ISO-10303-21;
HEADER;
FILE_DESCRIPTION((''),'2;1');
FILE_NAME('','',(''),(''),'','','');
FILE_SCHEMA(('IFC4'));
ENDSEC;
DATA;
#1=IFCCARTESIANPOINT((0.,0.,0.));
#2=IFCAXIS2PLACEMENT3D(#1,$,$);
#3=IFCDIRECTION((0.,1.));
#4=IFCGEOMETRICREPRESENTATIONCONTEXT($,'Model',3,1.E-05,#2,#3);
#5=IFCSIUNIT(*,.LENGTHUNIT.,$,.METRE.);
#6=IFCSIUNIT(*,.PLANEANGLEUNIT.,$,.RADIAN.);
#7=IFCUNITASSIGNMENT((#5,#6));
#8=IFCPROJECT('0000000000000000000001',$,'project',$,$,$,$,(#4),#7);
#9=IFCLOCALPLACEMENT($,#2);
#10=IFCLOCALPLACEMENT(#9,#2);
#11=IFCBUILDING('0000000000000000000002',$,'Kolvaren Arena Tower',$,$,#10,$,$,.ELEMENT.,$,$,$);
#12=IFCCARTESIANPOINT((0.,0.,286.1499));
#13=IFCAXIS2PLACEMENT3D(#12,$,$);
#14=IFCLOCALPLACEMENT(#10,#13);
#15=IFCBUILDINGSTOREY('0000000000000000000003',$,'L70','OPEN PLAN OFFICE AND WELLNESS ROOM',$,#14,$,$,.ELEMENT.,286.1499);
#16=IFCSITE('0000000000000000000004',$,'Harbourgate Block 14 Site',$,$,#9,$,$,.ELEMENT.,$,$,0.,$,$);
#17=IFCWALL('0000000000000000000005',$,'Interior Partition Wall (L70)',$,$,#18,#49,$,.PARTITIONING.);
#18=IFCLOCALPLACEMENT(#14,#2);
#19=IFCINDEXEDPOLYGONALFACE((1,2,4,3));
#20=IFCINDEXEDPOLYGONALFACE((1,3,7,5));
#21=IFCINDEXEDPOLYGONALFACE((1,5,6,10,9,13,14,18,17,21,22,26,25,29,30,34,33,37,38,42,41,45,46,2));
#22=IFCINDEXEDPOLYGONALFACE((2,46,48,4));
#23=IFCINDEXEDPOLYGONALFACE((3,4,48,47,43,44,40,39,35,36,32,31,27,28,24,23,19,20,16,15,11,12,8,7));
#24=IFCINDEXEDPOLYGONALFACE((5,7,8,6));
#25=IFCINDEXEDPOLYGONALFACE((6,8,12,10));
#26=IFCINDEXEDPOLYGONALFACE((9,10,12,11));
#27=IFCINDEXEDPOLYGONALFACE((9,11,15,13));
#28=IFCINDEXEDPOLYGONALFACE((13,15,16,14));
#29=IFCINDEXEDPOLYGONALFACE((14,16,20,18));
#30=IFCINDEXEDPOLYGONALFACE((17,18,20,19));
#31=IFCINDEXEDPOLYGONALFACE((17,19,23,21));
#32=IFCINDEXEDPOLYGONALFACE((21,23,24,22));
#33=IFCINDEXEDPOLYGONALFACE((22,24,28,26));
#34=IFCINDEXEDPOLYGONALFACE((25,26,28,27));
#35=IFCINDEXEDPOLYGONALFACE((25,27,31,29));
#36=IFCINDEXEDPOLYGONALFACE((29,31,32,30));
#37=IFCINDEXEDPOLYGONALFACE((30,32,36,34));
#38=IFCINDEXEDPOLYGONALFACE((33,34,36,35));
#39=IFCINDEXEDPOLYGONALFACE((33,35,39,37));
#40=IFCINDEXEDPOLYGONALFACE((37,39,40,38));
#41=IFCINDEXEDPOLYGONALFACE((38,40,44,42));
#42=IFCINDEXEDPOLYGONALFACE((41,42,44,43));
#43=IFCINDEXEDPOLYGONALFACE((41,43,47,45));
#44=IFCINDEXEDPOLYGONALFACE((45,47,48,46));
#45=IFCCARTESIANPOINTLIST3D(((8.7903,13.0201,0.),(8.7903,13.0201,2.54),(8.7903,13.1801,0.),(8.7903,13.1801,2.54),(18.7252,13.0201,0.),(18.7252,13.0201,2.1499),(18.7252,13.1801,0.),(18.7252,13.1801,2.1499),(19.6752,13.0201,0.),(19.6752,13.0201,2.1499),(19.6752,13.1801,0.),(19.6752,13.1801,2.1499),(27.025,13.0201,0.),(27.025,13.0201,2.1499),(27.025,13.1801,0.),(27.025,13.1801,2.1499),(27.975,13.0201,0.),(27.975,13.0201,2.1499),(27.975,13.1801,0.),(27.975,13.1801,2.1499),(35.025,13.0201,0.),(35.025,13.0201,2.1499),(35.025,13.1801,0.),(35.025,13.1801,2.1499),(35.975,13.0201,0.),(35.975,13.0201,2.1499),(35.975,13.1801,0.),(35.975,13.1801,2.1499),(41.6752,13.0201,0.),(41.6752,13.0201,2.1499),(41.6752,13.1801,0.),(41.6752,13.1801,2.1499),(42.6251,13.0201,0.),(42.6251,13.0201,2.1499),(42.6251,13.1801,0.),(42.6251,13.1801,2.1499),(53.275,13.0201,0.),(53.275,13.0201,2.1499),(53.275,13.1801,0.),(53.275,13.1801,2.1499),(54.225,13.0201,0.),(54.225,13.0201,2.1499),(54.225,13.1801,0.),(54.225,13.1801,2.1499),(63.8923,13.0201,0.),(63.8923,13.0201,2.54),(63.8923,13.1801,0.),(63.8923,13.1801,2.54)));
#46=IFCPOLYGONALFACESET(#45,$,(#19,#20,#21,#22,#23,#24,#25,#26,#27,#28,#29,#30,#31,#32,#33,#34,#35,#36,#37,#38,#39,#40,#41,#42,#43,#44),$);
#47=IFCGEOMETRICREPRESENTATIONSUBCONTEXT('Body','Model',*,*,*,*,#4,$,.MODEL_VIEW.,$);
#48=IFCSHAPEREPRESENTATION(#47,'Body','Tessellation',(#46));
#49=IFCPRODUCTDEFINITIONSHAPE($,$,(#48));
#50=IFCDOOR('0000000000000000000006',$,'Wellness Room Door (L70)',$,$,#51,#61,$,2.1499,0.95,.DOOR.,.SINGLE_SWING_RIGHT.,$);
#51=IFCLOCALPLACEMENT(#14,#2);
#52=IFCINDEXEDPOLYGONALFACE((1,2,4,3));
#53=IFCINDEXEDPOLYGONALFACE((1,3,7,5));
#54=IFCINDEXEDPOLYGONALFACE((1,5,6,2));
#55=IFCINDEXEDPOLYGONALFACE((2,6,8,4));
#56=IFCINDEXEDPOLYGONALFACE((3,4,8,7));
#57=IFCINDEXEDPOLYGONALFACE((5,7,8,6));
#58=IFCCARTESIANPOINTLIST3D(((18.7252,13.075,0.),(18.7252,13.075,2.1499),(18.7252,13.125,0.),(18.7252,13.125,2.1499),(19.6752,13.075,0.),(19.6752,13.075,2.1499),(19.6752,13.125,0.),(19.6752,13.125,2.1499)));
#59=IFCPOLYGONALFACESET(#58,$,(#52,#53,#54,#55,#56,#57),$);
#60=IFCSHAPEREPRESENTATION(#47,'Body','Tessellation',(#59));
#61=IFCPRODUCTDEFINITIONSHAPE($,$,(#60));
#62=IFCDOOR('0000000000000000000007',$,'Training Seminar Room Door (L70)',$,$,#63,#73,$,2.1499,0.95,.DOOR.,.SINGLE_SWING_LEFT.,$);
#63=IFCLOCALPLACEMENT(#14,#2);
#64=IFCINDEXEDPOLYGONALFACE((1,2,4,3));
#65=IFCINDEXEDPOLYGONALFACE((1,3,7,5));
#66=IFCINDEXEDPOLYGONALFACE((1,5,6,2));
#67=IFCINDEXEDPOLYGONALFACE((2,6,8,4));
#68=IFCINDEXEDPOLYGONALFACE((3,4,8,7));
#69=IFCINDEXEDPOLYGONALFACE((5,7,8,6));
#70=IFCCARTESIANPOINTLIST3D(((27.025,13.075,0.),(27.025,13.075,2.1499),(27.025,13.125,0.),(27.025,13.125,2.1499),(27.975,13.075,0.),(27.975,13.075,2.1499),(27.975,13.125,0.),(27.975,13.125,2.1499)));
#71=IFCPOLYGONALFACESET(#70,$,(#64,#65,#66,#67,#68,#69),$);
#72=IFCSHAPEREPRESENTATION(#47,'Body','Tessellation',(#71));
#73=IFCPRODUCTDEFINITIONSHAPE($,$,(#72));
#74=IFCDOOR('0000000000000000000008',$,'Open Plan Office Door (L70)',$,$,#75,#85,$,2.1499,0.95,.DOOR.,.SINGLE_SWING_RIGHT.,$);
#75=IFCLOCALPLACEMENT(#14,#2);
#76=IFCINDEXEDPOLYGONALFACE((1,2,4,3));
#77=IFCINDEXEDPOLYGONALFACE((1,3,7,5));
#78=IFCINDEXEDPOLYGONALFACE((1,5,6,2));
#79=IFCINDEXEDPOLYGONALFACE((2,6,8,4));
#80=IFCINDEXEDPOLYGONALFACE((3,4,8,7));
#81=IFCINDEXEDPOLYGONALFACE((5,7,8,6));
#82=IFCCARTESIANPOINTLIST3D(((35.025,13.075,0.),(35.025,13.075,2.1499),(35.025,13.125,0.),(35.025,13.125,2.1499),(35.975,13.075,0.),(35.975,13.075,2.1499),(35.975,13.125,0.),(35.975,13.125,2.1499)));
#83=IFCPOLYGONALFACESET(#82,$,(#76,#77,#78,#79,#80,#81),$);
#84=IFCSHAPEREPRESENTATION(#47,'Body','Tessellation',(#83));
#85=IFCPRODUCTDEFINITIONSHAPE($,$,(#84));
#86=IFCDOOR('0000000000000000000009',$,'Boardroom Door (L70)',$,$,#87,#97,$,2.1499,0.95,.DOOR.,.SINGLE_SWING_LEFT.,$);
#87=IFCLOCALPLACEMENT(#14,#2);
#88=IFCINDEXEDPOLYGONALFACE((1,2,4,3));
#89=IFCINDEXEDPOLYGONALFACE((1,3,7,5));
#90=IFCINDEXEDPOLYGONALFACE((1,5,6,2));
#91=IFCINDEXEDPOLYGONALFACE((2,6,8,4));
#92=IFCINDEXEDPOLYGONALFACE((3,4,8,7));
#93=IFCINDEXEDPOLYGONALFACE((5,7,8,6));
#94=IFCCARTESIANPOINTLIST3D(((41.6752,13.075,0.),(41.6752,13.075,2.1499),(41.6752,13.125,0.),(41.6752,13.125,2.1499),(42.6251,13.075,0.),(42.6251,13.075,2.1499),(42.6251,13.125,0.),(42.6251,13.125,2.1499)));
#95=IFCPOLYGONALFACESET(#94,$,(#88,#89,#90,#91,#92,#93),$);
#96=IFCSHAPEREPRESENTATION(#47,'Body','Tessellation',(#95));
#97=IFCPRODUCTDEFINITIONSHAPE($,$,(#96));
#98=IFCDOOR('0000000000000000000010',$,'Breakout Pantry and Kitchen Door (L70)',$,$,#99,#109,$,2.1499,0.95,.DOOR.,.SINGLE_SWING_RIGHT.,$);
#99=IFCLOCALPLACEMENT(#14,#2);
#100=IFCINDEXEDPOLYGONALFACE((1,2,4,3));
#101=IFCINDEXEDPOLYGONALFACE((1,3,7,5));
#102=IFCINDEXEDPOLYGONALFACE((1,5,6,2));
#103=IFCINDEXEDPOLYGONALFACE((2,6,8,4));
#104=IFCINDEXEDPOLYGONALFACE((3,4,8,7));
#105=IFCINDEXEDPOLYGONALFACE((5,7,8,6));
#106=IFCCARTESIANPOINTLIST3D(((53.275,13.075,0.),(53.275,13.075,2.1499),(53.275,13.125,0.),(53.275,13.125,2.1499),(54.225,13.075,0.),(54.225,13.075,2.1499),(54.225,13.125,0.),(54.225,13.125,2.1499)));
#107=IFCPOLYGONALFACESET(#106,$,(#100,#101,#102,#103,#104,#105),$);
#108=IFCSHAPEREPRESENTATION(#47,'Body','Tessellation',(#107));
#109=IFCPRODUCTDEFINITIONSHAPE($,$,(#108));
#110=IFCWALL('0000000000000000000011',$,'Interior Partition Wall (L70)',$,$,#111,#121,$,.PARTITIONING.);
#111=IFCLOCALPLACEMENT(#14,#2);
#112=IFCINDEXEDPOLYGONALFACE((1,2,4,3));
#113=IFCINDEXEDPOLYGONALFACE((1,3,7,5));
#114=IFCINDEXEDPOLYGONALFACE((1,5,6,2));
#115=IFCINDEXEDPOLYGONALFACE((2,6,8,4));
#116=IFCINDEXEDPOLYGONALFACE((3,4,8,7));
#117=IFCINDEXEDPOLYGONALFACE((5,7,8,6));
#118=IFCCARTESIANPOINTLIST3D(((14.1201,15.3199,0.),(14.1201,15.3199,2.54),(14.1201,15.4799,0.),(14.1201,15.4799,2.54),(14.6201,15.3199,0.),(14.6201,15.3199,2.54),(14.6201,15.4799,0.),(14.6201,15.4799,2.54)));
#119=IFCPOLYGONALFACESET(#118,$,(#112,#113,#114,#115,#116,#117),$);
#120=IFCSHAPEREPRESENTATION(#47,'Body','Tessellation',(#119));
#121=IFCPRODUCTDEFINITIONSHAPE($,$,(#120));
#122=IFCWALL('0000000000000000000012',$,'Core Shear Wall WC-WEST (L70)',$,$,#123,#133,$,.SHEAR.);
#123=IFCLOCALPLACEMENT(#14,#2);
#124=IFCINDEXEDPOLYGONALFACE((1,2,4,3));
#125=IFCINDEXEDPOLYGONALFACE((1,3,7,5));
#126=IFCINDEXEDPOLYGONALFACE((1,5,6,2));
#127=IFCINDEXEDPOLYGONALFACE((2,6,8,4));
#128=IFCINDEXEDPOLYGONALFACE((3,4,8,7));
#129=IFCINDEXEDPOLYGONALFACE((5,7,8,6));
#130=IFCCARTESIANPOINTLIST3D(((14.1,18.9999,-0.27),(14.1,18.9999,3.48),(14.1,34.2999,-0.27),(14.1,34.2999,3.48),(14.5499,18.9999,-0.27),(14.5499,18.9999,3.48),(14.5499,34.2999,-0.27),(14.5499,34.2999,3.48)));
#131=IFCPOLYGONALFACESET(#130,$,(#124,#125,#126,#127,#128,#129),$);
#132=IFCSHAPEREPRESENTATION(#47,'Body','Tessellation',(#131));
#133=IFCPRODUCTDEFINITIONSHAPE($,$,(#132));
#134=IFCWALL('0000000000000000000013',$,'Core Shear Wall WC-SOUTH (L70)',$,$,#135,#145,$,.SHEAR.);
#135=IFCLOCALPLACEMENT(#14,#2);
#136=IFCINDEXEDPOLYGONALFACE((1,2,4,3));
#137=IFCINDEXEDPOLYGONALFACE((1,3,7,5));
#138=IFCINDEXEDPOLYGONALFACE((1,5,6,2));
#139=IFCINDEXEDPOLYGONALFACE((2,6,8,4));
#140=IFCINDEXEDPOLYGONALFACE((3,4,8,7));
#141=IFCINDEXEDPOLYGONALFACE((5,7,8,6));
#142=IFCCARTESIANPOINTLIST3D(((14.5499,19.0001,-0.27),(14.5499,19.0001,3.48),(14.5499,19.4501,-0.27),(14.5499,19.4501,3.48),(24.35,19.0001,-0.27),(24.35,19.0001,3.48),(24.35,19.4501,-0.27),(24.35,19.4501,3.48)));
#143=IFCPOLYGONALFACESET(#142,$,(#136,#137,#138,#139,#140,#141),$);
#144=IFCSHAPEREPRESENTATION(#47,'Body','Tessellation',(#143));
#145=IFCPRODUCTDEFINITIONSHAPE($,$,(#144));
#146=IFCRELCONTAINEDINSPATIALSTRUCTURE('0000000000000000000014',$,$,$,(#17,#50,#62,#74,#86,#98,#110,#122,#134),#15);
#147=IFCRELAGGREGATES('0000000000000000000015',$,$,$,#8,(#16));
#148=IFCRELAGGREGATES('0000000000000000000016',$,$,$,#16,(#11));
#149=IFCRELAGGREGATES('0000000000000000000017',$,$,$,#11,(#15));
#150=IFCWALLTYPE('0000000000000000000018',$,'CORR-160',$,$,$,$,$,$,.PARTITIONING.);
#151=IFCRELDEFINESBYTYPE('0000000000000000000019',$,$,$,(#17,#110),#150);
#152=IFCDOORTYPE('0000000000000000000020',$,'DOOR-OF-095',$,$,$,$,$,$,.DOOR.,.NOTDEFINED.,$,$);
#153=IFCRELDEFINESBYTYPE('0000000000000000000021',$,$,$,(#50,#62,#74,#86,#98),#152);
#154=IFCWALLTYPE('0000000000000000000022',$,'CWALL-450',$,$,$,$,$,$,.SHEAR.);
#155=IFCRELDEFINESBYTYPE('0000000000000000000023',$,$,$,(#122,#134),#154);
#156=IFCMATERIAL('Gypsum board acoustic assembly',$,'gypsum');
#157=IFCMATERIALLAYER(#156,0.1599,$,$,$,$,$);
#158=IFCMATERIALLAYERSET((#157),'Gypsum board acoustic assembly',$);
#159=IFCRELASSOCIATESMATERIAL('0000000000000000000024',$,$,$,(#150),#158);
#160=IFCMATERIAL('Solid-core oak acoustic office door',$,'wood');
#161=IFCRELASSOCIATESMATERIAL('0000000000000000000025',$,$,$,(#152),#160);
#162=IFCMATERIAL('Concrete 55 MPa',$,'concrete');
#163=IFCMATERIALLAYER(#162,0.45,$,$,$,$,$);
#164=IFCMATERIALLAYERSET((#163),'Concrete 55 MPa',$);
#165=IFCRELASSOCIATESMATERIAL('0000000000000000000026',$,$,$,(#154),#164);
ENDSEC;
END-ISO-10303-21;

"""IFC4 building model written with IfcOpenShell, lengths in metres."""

from ifc_helpers import new_model, si_unit, direction, frame, frame_2d, origin, place, context, subcontext, project, spatial, rectangle, extrude, material, layer, layer_set, type_object, element, fill, save


model = new_model("IFC4")

# Units and contexts
model_context = context("Model", 3, precision=1e-05, world=origin(), true_north=direction((0.0, 1.0)))
body_context = subcontext(model_context, "Body", "Model", "MODEL_VIEW")
ifc_project = project(units=[si_unit("LENGTHUNIT", "METRE"), si_unit("PLANEANGLEUNIT", "RADIAN")], contexts=[model_context])

# Site, building, storey
site_placement = place(None, origin())
site = spatial("IfcSite", under=ifc_project, at=site_placement, Name="Harbourgate Block 14 Site", CompositionType="ELEMENT", RefElevation=0.0)
building_placement = place(site_placement, origin())
building = spatial("IfcBuilding", under=site, at=building_placement, Name="Kolvaren Arena Tower", CompositionType="ELEMENT")
storey_placement = place(building_placement, frame((0.0, 0.0, 286.1499)))
storey = spatial("IfcBuildingStorey", under=building, at=storey_placement, Name="L70", Description="OPEN PLAN OFFICE AND WELLNESS ROOM", CompositionType="ELEMENT", Elevation=286.1499)

# Wall, openings, doors
ifc_material_1 = material(Name="Gypsum board acoustic assembly", Category="gypsum")
ifc_layer_1 = layer(ifc_material_1, 0.1599)
ifc_layer_set_1 = layer_set([ifc_layer_1], Name="Gypsum board acoustic assembly")
wall_type_1 = type_object("IfcWallType", Name="CORR-160", PredefinedType="PARTITIONING", material=ifc_layer_set_1)
wall_1_placement = place(storey_placement, frame((8.7903, 13.1001, 0.0), z_axis=(0.0, 0.0, 1.0), x_axis=(1.0, 0.0, 0.0)))
wall_1 = element("IfcWall", 1, at=wall_1_placement, inside=storey, type_object=wall_type_1, Name="Interior Partition Wall (L70)", PredefinedType="PARTITIONING", context=body_context, shape_type="SweptSolid", body=[
    extrude(rectangle(XDim=55.1021, YDim=0.1599, at=frame_2d((27.551, 0.0))), origin(), (0.0, 0.0, 1.0), 2.54),
])
opening_1_placement = place(wall_1_placement, frame((9.9348, 0.0, 0.0)))
opening_1 = element("IfcOpeningElement", 2, at=opening_1_placement, cuts=wall_1, PredefinedType="OPENING", context=body_context, shape_type="SweptSolid", body=[
    extrude(rectangle(XDim=0.95, YDim=2.1499, at=frame_2d((0.4751, 1.075))), frame((0.0, 0.0898, 0.0), z_axis=(0.0, -1.0, 0.0), x_axis=(1.0, 0.0, 0.0)), (0.0, 0.0, 1.0), 0.1799),
])
opening_2_placement = place(wall_1_placement, frame((18.2346, 0.0, 0.0)))
opening_2 = element("IfcOpeningElement", 3, at=opening_2_placement, cuts=wall_1, PredefinedType="OPENING", context=body_context, shape_type="SweptSolid", body=[
    extrude(rectangle(XDim=0.95, YDim=2.1499, at=frame_2d((0.4751, 1.075))), frame((0.0, 0.0898, 0.0), z_axis=(0.0, -1.0, 0.0), x_axis=(1.0, 0.0, 0.0)), (0.0, 0.0, 1.0), 0.1799),
])
opening_3_placement = place(wall_1_placement, frame((26.2346, 0.0, 0.0)))
opening_3 = element("IfcOpeningElement", 4, at=opening_3_placement, cuts=wall_1, PredefinedType="OPENING", context=body_context, shape_type="SweptSolid", body=[
    extrude(rectangle(XDim=0.95, YDim=2.1499, at=frame_2d((0.4751, 1.075))), frame((0.0, 0.0898, 0.0), z_axis=(0.0, -1.0, 0.0), x_axis=(1.0, 0.0, 0.0)), (0.0, 0.0, 1.0), 0.1799),
])
opening_4_placement = place(wall_1_placement, frame((32.8848, 0.0, 0.0)))
opening_4 = element("IfcOpeningElement", 5, at=opening_4_placement, cuts=wall_1, PredefinedType="OPENING", context=body_context, shape_type="SweptSolid", body=[
    extrude(rectangle(XDim=0.95, YDim=2.1499, at=frame_2d((0.4751, 1.075))), frame((0.0, 0.0898, 0.0), z_axis=(0.0, -1.0, 0.0), x_axis=(1.0, 0.0, 0.0)), (0.0, 0.0, 1.0), 0.1799),
])
opening_5_placement = place(wall_1_placement, frame((44.4846, 0.0, 0.0)))
opening_5 = element("IfcOpeningElement", 6, at=opening_5_placement, cuts=wall_1, PredefinedType="OPENING", context=body_context, shape_type="SweptSolid", body=[
    extrude(rectangle(XDim=0.95, YDim=2.1499, at=frame_2d((0.4751, 1.075))), frame((0.0, 0.0898, 0.0), z_axis=(0.0, -1.0, 0.0), x_axis=(1.0, 0.0, 0.0)), (0.0, 0.0, 1.0), 0.1799),
])
ifc_material_2 = material(Name="Solid-core oak acoustic office door", Category="wood")
door_type_1 = type_object("IfcDoorType", Name="DOOR-OF-095", OperationType="NOTDEFINED", PredefinedType="DOOR", material=ifc_material_2)
door_1_placement = place(opening_1_placement, origin())
door_1 = element("IfcDoor", 7, at=door_1_placement, inside=storey, type_object=door_type_1, Name="Wellness Room Door (L70)", OperationType="SINGLE_SWING_RIGHT", OverallHeight=2.1499, OverallWidth=0.95, PredefinedType="DOOR", context=body_context, shape_type="SweptSolid", body=[
    extrude(rectangle(XDim=0.95, YDim=2.1499, at=frame_2d((0.4751, 1.075))), frame((0.0, 0.0249, 0.0), z_axis=(0.0, -1.0, 0.0), x_axis=(1.0, 0.0, 0.0)), (0.0, 0.0, 1.0), 0.05),
])
fill(opening_1, door_1)
door_2_placement = place(opening_2_placement, origin())
door_2 = element("IfcDoor", 8, at=door_2_placement, inside=storey, type_object=door_type_1, Name="Training Seminar Room Door (L70)", OperationType="SINGLE_SWING_LEFT", OverallHeight=2.1499, OverallWidth=0.95, PredefinedType="DOOR", context=body_context, shape_type="SweptSolid", body=[
    extrude(rectangle(XDim=0.95, YDim=2.1499, at=frame_2d((0.4751, 1.075))), frame((0.0, 0.0249, 0.0), z_axis=(0.0, -1.0, 0.0), x_axis=(1.0, 0.0, 0.0)), (0.0, 0.0, 1.0), 0.05),
])
fill(opening_2, door_2)
door_3_placement = place(opening_3_placement, origin())
door_3 = element("IfcDoor", 9, at=door_3_placement, inside=storey, type_object=door_type_1, Name="Open Plan Office Door (L70)", OperationType="SINGLE_SWING_RIGHT", OverallHeight=2.1499, OverallWidth=0.95, PredefinedType="DOOR", context=body_context, shape_type="SweptSolid", body=[
    extrude(rectangle(XDim=0.95, YDim=2.1499, at=frame_2d((0.4751, 1.075))), frame((0.0, 0.0249, 0.0), z_axis=(0.0, -1.0, 0.0), x_axis=(1.0, 0.0, 0.0)), (0.0, 0.0, 1.0), 0.05),
])
fill(opening_3, door_3)
door_4_placement = place(opening_4_placement, origin())
door_4 = element("IfcDoor", 10, at=door_4_placement, inside=storey, type_object=door_type_1, Name="Boardroom Door (L70)", OperationType="SINGLE_SWING_LEFT", OverallHeight=2.1499, OverallWidth=0.95, PredefinedType="DOOR", context=body_context, shape_type="SweptSolid", body=[
    extrude(rectangle(XDim=0.95, YDim=2.1499, at=frame_2d((0.4751, 1.075))), frame((0.0, 0.0249, 0.0), z_axis=(0.0, -1.0, 0.0), x_axis=(1.0, 0.0, 0.0)), (0.0, 0.0, 1.0), 0.05),
])
fill(opening_4, door_4)
door_5_placement = place(opening_5_placement, origin())
door_5 = element("IfcDoor", 11, at=door_5_placement, inside=storey, type_object=door_type_1, Name="Breakout Pantry and Kitchen Door (L70)", OperationType="SINGLE_SWING_RIGHT", OverallHeight=2.1499, OverallWidth=0.95, PredefinedType="DOOR", context=body_context, shape_type="SweptSolid", body=[
    extrude(rectangle(XDim=0.95, YDim=2.1499, at=frame_2d((0.4751, 1.075))), frame((0.0, 0.0249, 0.0), z_axis=(0.0, -1.0, 0.0), x_axis=(1.0, 0.0, 0.0)), (0.0, 0.0, 1.0), 0.05),
])
fill(opening_5, door_5)

# Walls
wall_2_placement = place(storey_placement, frame((14.1201, 15.3999, 0.0), z_axis=(0.0, 0.0, 1.0), x_axis=(1.0, 0.0, 0.0)))
element("IfcWall", 12, at=wall_2_placement, inside=storey, type_object=wall_type_1, Name="Interior Partition Wall (L70)", PredefinedType="PARTITIONING", context=body_context, shape_type="SweptSolid", body=[
    extrude(rectangle(XDim=0.5, YDim=0.1599, at=frame_2d((0.25, 0.0))), origin(), (0.0, 0.0, 1.0), 2.54),
])
ifc_material_3 = material(Name="Concrete 55 MPa", Category="concrete")
ifc_layer_2 = layer(ifc_material_3, 0.45)
ifc_layer_set_2 = layer_set([ifc_layer_2], Name="Concrete 55 MPa")
wall_type_2 = type_object("IfcWallType", Name="CWALL-450", PredefinedType="SHEAR", material=ifc_layer_set_2)
wall_3_placement = place(storey_placement, frame((14.325, 19.0, -0.27), z_axis=(0.0, 0.0, 1.0), x_axis=(0.0, 1.0, 0.0)))
element("IfcWall", 13, at=wall_3_placement, inside=storey, type_object=wall_type_2, Name="Core Shear Wall WC-WEST (L70)", PredefinedType="SHEAR", context=body_context, shape_type="SweptSolid", body=[
    extrude(rectangle(XDim=15.3, YDim=0.45, at=frame_2d((7.6499, 0.0))), origin(), (0.0, 0.0, 1.0), 3.75),
])
wall_4_placement = place(storey_placement, frame((14.55, 19.2251, -0.27), z_axis=(0.0, 0.0, 1.0), x_axis=(1.0, 0.0, 0.0)))
element("IfcWall", 14, at=wall_4_placement, inside=storey, type_object=wall_type_2, Name="Core Shear Wall WC-SOUTH (L70)", PredefinedType="SHEAR", context=body_context, shape_type="SweptSolid", body=[
    extrude(rectangle(XDim=9.8, YDim=0.45, at=frame_2d((4.8999, 0.0))), origin(), (0.0, 0.0, 1.0), 3.75),
])

save(model, "model.ifc")
